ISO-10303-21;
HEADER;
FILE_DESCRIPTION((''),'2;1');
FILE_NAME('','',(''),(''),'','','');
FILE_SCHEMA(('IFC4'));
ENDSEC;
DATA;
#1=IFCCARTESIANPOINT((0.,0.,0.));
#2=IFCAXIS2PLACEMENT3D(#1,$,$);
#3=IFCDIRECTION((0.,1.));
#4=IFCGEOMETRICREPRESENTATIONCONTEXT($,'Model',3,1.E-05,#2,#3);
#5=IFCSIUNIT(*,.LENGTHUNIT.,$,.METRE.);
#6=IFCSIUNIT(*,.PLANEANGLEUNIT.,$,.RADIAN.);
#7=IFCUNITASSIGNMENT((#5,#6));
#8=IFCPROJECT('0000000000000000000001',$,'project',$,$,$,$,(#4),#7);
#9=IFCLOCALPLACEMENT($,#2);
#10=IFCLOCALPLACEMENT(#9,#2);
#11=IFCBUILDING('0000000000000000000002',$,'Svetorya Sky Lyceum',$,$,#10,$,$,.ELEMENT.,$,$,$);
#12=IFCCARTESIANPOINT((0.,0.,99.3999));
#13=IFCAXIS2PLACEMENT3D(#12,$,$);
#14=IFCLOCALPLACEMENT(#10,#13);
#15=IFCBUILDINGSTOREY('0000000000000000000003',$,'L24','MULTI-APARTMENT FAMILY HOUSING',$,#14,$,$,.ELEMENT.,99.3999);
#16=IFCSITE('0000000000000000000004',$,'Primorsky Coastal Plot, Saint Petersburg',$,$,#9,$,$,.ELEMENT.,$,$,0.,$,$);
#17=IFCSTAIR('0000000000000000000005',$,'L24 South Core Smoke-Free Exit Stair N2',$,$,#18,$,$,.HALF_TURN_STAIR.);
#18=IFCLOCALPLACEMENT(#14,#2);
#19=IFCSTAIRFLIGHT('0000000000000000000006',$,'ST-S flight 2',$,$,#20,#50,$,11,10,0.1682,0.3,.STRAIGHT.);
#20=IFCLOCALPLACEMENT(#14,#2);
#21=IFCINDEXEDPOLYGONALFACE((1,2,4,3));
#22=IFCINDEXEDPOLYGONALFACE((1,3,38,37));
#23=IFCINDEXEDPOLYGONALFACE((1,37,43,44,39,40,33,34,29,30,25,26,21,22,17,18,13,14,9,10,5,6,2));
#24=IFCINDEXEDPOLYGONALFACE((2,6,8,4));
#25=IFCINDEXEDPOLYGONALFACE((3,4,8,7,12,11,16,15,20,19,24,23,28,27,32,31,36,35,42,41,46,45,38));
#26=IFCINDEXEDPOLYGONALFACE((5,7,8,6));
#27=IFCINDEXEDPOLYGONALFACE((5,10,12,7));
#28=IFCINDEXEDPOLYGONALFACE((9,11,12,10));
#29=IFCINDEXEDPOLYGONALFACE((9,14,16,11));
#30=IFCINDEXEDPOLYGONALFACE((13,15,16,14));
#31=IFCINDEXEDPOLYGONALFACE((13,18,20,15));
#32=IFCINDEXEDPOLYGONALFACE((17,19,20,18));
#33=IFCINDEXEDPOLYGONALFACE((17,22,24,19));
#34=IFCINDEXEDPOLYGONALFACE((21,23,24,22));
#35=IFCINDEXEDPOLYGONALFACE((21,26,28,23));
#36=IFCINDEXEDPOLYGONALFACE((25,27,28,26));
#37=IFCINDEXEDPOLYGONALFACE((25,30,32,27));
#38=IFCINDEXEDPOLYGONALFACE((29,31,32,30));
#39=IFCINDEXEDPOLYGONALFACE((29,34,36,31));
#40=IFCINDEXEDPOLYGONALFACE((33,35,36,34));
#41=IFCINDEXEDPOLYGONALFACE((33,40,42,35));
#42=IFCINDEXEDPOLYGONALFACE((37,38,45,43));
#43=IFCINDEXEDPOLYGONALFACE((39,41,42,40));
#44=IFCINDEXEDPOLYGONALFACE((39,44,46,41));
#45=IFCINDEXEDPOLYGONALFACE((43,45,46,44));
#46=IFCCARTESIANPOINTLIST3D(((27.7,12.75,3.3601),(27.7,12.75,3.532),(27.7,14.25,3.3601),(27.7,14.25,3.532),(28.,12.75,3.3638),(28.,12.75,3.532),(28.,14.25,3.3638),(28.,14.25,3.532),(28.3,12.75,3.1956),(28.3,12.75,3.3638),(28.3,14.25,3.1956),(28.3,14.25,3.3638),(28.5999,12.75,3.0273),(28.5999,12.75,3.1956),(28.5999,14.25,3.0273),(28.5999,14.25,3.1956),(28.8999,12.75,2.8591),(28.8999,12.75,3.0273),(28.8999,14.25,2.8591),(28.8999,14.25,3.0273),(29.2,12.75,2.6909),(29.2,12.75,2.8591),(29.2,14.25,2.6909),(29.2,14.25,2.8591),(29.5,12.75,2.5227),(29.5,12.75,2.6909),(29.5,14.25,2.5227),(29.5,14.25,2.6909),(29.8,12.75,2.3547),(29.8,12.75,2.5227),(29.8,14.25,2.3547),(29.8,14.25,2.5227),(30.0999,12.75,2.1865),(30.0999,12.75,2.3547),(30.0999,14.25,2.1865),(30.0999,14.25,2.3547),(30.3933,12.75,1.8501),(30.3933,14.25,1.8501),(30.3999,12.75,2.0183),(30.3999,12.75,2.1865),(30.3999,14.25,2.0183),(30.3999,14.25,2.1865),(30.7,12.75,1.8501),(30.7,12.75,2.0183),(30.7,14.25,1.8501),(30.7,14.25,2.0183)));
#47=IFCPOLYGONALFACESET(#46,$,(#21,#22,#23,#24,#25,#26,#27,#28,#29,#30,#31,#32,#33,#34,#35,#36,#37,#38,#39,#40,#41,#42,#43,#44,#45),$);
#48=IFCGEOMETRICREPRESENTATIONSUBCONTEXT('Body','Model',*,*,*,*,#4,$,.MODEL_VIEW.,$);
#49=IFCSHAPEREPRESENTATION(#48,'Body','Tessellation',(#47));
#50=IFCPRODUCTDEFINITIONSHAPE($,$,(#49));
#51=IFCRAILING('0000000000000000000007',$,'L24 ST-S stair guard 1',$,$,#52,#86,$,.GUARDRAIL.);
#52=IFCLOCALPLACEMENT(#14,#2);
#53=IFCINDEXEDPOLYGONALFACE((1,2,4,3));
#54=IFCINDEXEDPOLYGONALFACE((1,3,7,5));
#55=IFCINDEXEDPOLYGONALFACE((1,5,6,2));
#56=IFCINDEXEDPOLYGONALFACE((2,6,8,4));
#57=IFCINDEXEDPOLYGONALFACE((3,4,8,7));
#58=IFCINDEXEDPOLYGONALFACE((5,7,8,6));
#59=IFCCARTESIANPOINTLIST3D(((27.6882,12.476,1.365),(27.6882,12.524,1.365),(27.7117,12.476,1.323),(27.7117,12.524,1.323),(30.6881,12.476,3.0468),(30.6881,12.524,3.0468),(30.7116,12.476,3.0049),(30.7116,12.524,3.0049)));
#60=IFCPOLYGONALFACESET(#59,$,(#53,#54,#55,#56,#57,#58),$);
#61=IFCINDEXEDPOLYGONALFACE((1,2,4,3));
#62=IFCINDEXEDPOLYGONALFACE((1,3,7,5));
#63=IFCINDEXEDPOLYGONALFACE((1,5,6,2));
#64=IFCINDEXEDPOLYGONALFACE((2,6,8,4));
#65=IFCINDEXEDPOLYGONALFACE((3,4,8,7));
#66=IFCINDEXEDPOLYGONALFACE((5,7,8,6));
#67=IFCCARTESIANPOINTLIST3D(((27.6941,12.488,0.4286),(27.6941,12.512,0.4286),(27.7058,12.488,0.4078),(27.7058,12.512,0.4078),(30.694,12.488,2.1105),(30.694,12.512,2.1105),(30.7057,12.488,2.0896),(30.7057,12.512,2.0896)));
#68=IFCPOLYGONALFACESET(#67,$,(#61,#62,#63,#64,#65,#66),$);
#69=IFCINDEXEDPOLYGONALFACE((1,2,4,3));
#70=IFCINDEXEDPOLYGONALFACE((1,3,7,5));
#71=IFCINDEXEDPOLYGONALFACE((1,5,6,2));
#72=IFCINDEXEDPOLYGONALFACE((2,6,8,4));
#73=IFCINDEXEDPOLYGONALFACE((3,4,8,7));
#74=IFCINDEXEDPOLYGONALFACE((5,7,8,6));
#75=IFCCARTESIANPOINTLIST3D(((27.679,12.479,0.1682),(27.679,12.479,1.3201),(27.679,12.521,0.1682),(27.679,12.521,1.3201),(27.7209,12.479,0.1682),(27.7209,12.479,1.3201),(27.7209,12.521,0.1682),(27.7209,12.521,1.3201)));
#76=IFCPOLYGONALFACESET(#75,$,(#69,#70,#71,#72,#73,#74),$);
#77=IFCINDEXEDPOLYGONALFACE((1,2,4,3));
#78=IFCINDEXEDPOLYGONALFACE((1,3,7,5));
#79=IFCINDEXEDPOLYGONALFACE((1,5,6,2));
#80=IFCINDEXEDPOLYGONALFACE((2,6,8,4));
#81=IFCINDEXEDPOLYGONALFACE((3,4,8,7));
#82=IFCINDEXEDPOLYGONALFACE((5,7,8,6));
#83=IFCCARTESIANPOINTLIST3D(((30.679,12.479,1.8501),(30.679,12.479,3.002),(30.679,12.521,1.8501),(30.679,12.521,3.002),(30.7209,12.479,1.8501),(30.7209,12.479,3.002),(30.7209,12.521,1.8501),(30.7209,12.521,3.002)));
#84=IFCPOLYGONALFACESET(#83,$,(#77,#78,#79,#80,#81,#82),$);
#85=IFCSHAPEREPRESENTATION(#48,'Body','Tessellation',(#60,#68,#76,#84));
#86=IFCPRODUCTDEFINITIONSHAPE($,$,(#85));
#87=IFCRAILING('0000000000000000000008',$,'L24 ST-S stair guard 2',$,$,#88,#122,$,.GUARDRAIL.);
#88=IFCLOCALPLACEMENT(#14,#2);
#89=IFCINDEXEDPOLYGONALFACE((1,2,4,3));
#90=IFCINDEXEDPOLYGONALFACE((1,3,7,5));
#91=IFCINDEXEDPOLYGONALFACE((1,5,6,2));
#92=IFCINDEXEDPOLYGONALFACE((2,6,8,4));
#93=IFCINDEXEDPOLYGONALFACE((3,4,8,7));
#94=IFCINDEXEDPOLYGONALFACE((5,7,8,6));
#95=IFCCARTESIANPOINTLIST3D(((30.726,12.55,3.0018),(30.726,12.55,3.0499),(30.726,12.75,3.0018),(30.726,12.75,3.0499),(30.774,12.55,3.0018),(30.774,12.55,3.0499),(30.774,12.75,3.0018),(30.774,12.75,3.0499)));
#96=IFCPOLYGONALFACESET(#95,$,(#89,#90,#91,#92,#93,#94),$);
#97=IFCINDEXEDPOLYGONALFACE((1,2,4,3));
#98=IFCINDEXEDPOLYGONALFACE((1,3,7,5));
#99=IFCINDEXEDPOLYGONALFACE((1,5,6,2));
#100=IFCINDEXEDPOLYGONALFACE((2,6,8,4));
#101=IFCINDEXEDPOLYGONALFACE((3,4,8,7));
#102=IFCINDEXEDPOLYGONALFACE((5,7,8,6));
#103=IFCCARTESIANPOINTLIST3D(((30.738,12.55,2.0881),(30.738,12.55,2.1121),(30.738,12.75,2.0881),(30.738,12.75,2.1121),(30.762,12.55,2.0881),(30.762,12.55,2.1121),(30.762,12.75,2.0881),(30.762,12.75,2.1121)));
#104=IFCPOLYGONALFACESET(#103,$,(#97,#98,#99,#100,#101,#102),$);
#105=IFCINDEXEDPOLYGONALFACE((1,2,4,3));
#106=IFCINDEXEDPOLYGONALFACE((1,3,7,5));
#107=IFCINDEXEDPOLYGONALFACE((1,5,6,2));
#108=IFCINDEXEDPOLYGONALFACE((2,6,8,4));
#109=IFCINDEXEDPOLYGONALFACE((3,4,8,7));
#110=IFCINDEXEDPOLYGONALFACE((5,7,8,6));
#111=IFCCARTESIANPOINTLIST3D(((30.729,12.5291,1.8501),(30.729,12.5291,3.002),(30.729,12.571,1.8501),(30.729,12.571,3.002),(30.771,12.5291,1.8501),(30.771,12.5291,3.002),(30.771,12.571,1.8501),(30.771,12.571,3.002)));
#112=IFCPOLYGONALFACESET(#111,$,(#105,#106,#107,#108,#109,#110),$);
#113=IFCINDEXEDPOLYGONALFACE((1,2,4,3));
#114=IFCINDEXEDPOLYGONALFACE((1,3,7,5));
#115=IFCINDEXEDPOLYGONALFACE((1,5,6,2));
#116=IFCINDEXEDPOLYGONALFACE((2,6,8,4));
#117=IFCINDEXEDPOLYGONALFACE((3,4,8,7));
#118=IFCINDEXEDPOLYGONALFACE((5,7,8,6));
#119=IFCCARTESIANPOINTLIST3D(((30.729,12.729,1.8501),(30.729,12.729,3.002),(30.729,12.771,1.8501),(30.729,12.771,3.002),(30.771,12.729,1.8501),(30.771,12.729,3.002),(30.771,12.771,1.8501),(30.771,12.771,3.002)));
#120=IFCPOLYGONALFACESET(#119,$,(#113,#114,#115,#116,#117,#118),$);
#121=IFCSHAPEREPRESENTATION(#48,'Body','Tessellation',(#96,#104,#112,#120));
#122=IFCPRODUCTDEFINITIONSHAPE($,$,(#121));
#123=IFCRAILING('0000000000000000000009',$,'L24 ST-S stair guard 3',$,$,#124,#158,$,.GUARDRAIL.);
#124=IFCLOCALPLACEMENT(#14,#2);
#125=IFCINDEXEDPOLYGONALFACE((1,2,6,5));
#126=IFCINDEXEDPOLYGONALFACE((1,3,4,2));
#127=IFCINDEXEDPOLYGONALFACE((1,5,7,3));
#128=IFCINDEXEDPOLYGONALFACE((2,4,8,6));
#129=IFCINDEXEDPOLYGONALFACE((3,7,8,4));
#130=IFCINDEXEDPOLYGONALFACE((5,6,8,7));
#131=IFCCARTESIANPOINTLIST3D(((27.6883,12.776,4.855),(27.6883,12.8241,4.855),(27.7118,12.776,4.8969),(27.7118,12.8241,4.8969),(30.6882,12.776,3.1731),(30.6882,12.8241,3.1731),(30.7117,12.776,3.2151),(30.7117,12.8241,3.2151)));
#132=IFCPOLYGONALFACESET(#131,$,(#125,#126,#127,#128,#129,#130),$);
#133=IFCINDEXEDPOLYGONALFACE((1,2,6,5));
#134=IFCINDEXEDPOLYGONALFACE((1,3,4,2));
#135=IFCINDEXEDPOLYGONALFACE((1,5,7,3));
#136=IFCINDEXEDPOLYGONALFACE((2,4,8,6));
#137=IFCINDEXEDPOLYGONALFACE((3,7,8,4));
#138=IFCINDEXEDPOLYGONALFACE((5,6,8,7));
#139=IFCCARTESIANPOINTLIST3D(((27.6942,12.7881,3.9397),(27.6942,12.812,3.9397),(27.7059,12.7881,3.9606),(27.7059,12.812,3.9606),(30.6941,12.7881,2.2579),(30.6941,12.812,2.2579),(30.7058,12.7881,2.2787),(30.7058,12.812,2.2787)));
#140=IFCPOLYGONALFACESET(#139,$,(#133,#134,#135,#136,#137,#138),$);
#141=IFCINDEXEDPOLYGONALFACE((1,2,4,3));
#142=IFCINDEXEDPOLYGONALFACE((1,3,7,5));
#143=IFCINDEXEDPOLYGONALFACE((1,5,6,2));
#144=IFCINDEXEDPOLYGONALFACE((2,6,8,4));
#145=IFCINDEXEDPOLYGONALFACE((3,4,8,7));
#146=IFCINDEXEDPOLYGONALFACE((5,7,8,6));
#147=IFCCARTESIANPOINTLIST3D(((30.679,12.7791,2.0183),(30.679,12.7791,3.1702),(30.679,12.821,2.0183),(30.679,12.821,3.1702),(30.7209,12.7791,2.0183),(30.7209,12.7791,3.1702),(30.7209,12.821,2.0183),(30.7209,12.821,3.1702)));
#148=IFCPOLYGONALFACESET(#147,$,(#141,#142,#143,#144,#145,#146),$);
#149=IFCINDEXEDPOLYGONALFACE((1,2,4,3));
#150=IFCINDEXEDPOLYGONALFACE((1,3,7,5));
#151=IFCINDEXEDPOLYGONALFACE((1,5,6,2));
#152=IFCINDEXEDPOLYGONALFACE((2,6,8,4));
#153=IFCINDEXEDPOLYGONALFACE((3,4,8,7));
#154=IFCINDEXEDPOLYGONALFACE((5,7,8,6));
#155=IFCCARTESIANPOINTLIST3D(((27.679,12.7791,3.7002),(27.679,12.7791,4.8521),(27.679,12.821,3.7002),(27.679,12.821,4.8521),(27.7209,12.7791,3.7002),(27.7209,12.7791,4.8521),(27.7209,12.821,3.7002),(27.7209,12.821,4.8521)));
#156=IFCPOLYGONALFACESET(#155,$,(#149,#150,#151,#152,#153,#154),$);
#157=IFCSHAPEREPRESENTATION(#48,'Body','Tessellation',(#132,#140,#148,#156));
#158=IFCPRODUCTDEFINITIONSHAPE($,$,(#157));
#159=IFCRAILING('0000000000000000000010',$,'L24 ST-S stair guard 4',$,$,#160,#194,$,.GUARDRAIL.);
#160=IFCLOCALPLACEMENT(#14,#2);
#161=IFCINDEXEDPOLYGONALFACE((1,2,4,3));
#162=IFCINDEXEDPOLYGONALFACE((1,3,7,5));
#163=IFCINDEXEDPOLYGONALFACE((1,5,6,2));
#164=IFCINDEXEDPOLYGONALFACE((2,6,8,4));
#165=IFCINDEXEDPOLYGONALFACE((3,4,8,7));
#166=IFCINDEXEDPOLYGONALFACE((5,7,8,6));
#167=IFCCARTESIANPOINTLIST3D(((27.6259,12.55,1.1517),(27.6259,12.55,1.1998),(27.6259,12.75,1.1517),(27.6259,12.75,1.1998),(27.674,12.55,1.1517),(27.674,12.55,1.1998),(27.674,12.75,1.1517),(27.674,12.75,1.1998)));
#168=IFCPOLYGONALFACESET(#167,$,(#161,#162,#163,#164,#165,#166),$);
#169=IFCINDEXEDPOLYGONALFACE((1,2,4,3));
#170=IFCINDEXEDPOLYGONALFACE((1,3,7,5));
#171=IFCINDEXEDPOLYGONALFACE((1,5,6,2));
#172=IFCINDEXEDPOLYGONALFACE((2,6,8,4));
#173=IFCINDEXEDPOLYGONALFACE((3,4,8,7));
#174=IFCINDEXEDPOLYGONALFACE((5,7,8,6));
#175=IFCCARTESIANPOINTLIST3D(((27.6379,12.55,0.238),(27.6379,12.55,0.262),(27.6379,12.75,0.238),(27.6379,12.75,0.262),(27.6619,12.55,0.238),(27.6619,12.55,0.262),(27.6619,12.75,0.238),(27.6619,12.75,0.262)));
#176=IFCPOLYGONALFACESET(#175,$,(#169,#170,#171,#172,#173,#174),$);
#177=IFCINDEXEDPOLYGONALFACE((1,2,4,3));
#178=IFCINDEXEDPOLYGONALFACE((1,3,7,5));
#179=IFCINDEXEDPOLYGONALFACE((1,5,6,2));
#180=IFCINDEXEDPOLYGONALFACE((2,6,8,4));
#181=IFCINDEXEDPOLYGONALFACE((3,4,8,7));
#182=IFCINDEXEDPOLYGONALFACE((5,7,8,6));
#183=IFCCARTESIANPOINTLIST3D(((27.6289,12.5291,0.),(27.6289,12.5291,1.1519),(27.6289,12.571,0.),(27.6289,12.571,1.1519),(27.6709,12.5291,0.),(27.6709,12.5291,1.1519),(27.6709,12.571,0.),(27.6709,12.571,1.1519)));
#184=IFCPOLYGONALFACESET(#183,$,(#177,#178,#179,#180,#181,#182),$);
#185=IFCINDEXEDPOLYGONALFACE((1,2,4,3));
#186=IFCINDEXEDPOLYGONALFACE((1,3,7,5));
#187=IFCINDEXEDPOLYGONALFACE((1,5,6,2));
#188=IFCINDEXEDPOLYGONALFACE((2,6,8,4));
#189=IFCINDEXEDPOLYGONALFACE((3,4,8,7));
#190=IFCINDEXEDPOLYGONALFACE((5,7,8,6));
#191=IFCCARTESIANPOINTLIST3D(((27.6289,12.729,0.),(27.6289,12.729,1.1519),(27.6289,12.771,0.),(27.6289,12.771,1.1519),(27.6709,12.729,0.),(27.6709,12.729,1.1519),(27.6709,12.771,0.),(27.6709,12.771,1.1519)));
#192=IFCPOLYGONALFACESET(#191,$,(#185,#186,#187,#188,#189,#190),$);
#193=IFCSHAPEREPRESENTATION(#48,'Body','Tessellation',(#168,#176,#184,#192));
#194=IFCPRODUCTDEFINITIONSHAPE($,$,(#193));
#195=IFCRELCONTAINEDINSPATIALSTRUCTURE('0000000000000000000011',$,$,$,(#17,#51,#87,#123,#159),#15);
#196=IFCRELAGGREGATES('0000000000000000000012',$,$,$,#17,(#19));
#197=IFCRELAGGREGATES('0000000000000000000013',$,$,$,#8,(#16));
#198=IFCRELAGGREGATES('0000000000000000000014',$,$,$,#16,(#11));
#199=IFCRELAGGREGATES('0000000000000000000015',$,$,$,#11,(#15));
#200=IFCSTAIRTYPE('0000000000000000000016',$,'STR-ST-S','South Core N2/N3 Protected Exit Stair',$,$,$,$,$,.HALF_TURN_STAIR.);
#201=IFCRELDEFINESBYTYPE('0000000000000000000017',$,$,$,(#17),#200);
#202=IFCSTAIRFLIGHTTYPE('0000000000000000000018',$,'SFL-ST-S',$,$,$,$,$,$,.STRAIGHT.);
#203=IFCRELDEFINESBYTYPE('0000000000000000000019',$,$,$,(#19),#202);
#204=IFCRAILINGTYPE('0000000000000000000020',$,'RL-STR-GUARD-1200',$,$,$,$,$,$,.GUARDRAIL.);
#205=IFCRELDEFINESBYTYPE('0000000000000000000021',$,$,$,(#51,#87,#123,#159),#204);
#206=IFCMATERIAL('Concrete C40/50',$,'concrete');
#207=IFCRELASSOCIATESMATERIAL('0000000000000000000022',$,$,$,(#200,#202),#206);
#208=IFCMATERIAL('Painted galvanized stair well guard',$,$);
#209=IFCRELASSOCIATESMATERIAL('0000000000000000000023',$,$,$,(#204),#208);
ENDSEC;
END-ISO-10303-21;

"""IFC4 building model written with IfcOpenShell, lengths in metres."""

from ifc_helpers import new_model, si_unit, direction, frame, origin, origin_2d, place, context, subcontext, project, spatial, polyline, rectangle, outline, extrude, material, type_object, element, aggregate, save


model = new_model("IFC4")

# Units and contexts
model_context = context("Model", 3, precision=1e-05, world=origin(), true_north=direction((0.0, 1.0)))
body_context = subcontext(model_context, "Body", "Model", "MODEL_VIEW")
ifc_project = project(units=[si_unit("LENGTHUNIT", "METRE"), si_unit("PLANEANGLEUNIT", "RADIAN")], contexts=[model_context])

# Site, building, storey
site_placement = place(None, origin())
site = spatial("IfcSite", under=ifc_project, at=site_placement, Name="Primorsky Coastal Plot, Saint Petersburg", CompositionType="ELEMENT", RefElevation=0.0)
building_placement = place(site_placement, origin())
building = spatial("IfcBuilding", under=site, at=building_placement, Name="Svetorya Sky Lyceum", CompositionType="ELEMENT")
storey_placement = place(building_placement, frame((0.0, 0.0, 99.3999)))
storey = spatial("IfcBuildingStorey", under=building, at=storey_placement, Name="L24", Description="MULTI-APARTMENT FAMILY HOUSING", CompositionType="ELEMENT", Elevation=99.3999)

# Stair, stair flight
ifc_material_1 = material(Name="Concrete C40/50", Category="concrete")
stair_type = type_object("IfcStairType", Name="STR-ST-S", Description="South Core N2/N3 Protected Exit Stair", PredefinedType="HALF_TURN_STAIR", material=ifc_material_1)
stair_placement = place(storey_placement, origin())
stair = element("IfcStair", 1, at=stair_placement, inside=storey, type_object=stair_type, Name="L24 South Core Smoke-Free Exit Stair N2", PredefinedType="HALF_TURN_STAIR")
stair_flight_type = type_object("IfcStairFlightType", Name="SFL-ST-S", PredefinedType="STRAIGHT", material=ifc_material_1)
stair_flight_1_placement = place(storey_placement, frame((30.7, 13.5, 1.8501), z_axis=(0.0, 0.0, 1.0), x_axis=(-1.0, 0.0, 0.0)))
stair_flight_1 = element("IfcStairFlight", 2, at=stair_flight_1_placement, type_object=stair_flight_type, Name="ST-S flight 2", NumberOfRisers=11, NumberOfTreads=10, PredefinedType="STRAIGHT", RiserHeight=0.1682, TreadLength=0.3, context=body_context, shape_type="SweptSolid", body=[
    extrude(outline(polyline([(0.0, 0.0), (0.0, 0.1682), (0.3, 0.1682), (0.3, 0.3364), (0.6001, 0.3364), (0.6001, 0.5046), (0.8999, 0.5046), (0.8999, 0.6726), (1.2, 0.6726), (1.2, 0.8408), (1.5, 0.8408), (1.5, 1.009), (1.8, 1.009), (1.8, 1.1772), (2.1001, 1.1772), (2.1001, 1.3455), (2.3999, 1.3455), (2.3999, 1.5137), (2.7, 1.5137), (2.7, 1.6819), (3.0, 1.6819), (3.0, 1.8501), (3.0, 1.51), (0.3066, 0.0), (0.0, 0.0)])), frame((0.0, 0.75, 0.0), z_axis=(0.0, -1.0, 0.0), x_axis=(1.0, 0.0, 0.0)), (0.0, 0.0, 1.0), 1.5),
])
aggregate(stair, [stair_flight_1])

# Railings
ifc_material_2 = material(Name="Painted galvanized stair well guard")
railing_type_1 = type_object("IfcRailingType", Name="RL-STR-GUARD-1200", PredefinedType="GUARDRAIL", material=ifc_material_2)
railing_1_placement = place(storey_placement, frame((27.7, 12.5, 0.1682)))
element("IfcRailing", 3, at=railing_1_placement, inside=storey, type_object=railing_type_1, Name="L24 ST-S stair guard 1", PredefinedType="GUARDRAIL", context=body_context, shape_type="SweptSolid", body=[
    extrude(rectangle(XDim=0.0481, YDim=0.0481, at=origin_2d()), frame((0.0, 0.0, 1.1758), z_axis=(0.872272, 0.0, 0.48902), x_axis=(0.0, 1.0, 0.0)), (0.0, 0.0, 1.0), 3.4392),
    extrude(rectangle(XDim=0.0239, YDim=0.0239, at=origin_2d()), frame((0.0, 0.0, 0.25), z_axis=(0.872272, 0.0, 0.48902), x_axis=(0.0, 1.0, 0.0)), (0.0, 0.0, 1.0), 3.4392),
    extrude(rectangle(XDim=0.042, YDim=0.042, at=origin_2d()), origin(), (0.0, 0.0, 1.0), 1.1519),
    extrude(rectangle(XDim=0.042, YDim=0.042, at=origin_2d()), frame((3.0, 0.0, 1.6819)), (0.0, 0.0, 1.0), 1.1519),
])
railing_2_placement = place(storey_placement, frame((30.75, 12.55, 1.8501)))
element("IfcRailing", 4, at=railing_2_placement, inside=storey, type_object=railing_type_1, Name="L24 ST-S stair guard 2", PredefinedType="GUARDRAIL", context=body_context, shape_type="SweptSolid", body=[
    extrude(rectangle(XDim=0.0481, YDim=0.0481, at=origin_2d()), frame((0.0, 0.0, 1.1758), z_axis=(0.0, 1.0, 0.0), x_axis=(-1.0, 0.0, 0.0)), (0.0, 0.0, 1.0), 0.2),
    extrude(rectangle(XDim=0.0239, YDim=0.0239, at=origin_2d()), frame((0.0, 0.0, 0.25), z_axis=(0.0, 1.0, 0.0), x_axis=(-1.0, 0.0, 0.0)), (0.0, 0.0, 1.0), 0.2),
    extrude(rectangle(XDim=0.042, YDim=0.042, at=origin_2d()), origin(), (0.0, 0.0, 1.0), 1.1519),
    extrude(rectangle(XDim=0.042, YDim=0.042, at=origin_2d()), frame((0.0, 0.2, 0.0)), (0.0, 0.0, 1.0), 1.1519),
])
railing_3_placement = place(storey_placement, frame((30.7, 12.8, 2.0183)))
element("IfcRailing", 5, at=railing_3_placement, inside=storey, type_object=railing_type_1, Name="L24 ST-S stair guard 3", PredefinedType="GUARDRAIL", context=body_context, shape_type="SweptSolid", body=[
    extrude(rectangle(XDim=0.0481, YDim=0.0481, at=origin_2d()), frame((0.0, 0.0, 1.1758), z_axis=(-0.872272, 0.0, 0.48902), x_axis=(0.0, -1.0, 0.0)), (0.0, 0.0, 1.0), 3.4392),
    extrude(rectangle(XDim=0.0239, YDim=0.0239, at=origin_2d()), frame((0.0, 0.0, 0.25), z_axis=(-0.872272, 0.0, 0.48902), x_axis=(0.0, -1.0, 0.0)), (0.0, 0.0, 1.0), 3.4392),
    extrude(rectangle(XDim=0.042, YDim=0.042, at=origin_2d()), origin(), (0.0, 0.0, 1.0), 1.1519),
    extrude(rectangle(XDim=0.042, YDim=0.042, at=origin_2d()), frame((-3.0, 0.0, 1.6819)), (0.0, 0.0, 1.0), 1.1519),
])
railing_4_placement = place(storey_placement, frame((27.6499, 12.55, 0.0)))
element("IfcRailing", 6, at=railing_4_placement, inside=storey, type_object=railing_type_1, Name="L24 ST-S stair guard 4", PredefinedType="GUARDRAIL", context=body_context, shape_type="SweptSolid", body=[
    extrude(rectangle(XDim=0.0481, YDim=0.0481, at=origin_2d()), frame((0.0, 0.0, 1.1758), z_axis=(0.0, 1.0, 0.0), x_axis=(-1.0, 0.0, 0.0)), (0.0, 0.0, 1.0), 0.2),
    extrude(rectangle(XDim=0.0239, YDim=0.0239, at=origin_2d()), frame((0.0, 0.0, 0.25), z_axis=(0.0, 1.0, 0.0), x_axis=(-1.0, 0.0, 0.0)), (0.0, 0.0, 1.0), 0.2),
    extrude(rectangle(XDim=0.042, YDim=0.042, at=origin_2d()), origin(), (0.0, 0.0, 1.0), 1.1519),
    extrude(rectangle(XDim=0.042, YDim=0.042, at=origin_2d()), frame((0.0, 0.2, 0.0)), (0.0, 0.0, 1.0), 1.1519),
])

save(model, "model.ifc")
